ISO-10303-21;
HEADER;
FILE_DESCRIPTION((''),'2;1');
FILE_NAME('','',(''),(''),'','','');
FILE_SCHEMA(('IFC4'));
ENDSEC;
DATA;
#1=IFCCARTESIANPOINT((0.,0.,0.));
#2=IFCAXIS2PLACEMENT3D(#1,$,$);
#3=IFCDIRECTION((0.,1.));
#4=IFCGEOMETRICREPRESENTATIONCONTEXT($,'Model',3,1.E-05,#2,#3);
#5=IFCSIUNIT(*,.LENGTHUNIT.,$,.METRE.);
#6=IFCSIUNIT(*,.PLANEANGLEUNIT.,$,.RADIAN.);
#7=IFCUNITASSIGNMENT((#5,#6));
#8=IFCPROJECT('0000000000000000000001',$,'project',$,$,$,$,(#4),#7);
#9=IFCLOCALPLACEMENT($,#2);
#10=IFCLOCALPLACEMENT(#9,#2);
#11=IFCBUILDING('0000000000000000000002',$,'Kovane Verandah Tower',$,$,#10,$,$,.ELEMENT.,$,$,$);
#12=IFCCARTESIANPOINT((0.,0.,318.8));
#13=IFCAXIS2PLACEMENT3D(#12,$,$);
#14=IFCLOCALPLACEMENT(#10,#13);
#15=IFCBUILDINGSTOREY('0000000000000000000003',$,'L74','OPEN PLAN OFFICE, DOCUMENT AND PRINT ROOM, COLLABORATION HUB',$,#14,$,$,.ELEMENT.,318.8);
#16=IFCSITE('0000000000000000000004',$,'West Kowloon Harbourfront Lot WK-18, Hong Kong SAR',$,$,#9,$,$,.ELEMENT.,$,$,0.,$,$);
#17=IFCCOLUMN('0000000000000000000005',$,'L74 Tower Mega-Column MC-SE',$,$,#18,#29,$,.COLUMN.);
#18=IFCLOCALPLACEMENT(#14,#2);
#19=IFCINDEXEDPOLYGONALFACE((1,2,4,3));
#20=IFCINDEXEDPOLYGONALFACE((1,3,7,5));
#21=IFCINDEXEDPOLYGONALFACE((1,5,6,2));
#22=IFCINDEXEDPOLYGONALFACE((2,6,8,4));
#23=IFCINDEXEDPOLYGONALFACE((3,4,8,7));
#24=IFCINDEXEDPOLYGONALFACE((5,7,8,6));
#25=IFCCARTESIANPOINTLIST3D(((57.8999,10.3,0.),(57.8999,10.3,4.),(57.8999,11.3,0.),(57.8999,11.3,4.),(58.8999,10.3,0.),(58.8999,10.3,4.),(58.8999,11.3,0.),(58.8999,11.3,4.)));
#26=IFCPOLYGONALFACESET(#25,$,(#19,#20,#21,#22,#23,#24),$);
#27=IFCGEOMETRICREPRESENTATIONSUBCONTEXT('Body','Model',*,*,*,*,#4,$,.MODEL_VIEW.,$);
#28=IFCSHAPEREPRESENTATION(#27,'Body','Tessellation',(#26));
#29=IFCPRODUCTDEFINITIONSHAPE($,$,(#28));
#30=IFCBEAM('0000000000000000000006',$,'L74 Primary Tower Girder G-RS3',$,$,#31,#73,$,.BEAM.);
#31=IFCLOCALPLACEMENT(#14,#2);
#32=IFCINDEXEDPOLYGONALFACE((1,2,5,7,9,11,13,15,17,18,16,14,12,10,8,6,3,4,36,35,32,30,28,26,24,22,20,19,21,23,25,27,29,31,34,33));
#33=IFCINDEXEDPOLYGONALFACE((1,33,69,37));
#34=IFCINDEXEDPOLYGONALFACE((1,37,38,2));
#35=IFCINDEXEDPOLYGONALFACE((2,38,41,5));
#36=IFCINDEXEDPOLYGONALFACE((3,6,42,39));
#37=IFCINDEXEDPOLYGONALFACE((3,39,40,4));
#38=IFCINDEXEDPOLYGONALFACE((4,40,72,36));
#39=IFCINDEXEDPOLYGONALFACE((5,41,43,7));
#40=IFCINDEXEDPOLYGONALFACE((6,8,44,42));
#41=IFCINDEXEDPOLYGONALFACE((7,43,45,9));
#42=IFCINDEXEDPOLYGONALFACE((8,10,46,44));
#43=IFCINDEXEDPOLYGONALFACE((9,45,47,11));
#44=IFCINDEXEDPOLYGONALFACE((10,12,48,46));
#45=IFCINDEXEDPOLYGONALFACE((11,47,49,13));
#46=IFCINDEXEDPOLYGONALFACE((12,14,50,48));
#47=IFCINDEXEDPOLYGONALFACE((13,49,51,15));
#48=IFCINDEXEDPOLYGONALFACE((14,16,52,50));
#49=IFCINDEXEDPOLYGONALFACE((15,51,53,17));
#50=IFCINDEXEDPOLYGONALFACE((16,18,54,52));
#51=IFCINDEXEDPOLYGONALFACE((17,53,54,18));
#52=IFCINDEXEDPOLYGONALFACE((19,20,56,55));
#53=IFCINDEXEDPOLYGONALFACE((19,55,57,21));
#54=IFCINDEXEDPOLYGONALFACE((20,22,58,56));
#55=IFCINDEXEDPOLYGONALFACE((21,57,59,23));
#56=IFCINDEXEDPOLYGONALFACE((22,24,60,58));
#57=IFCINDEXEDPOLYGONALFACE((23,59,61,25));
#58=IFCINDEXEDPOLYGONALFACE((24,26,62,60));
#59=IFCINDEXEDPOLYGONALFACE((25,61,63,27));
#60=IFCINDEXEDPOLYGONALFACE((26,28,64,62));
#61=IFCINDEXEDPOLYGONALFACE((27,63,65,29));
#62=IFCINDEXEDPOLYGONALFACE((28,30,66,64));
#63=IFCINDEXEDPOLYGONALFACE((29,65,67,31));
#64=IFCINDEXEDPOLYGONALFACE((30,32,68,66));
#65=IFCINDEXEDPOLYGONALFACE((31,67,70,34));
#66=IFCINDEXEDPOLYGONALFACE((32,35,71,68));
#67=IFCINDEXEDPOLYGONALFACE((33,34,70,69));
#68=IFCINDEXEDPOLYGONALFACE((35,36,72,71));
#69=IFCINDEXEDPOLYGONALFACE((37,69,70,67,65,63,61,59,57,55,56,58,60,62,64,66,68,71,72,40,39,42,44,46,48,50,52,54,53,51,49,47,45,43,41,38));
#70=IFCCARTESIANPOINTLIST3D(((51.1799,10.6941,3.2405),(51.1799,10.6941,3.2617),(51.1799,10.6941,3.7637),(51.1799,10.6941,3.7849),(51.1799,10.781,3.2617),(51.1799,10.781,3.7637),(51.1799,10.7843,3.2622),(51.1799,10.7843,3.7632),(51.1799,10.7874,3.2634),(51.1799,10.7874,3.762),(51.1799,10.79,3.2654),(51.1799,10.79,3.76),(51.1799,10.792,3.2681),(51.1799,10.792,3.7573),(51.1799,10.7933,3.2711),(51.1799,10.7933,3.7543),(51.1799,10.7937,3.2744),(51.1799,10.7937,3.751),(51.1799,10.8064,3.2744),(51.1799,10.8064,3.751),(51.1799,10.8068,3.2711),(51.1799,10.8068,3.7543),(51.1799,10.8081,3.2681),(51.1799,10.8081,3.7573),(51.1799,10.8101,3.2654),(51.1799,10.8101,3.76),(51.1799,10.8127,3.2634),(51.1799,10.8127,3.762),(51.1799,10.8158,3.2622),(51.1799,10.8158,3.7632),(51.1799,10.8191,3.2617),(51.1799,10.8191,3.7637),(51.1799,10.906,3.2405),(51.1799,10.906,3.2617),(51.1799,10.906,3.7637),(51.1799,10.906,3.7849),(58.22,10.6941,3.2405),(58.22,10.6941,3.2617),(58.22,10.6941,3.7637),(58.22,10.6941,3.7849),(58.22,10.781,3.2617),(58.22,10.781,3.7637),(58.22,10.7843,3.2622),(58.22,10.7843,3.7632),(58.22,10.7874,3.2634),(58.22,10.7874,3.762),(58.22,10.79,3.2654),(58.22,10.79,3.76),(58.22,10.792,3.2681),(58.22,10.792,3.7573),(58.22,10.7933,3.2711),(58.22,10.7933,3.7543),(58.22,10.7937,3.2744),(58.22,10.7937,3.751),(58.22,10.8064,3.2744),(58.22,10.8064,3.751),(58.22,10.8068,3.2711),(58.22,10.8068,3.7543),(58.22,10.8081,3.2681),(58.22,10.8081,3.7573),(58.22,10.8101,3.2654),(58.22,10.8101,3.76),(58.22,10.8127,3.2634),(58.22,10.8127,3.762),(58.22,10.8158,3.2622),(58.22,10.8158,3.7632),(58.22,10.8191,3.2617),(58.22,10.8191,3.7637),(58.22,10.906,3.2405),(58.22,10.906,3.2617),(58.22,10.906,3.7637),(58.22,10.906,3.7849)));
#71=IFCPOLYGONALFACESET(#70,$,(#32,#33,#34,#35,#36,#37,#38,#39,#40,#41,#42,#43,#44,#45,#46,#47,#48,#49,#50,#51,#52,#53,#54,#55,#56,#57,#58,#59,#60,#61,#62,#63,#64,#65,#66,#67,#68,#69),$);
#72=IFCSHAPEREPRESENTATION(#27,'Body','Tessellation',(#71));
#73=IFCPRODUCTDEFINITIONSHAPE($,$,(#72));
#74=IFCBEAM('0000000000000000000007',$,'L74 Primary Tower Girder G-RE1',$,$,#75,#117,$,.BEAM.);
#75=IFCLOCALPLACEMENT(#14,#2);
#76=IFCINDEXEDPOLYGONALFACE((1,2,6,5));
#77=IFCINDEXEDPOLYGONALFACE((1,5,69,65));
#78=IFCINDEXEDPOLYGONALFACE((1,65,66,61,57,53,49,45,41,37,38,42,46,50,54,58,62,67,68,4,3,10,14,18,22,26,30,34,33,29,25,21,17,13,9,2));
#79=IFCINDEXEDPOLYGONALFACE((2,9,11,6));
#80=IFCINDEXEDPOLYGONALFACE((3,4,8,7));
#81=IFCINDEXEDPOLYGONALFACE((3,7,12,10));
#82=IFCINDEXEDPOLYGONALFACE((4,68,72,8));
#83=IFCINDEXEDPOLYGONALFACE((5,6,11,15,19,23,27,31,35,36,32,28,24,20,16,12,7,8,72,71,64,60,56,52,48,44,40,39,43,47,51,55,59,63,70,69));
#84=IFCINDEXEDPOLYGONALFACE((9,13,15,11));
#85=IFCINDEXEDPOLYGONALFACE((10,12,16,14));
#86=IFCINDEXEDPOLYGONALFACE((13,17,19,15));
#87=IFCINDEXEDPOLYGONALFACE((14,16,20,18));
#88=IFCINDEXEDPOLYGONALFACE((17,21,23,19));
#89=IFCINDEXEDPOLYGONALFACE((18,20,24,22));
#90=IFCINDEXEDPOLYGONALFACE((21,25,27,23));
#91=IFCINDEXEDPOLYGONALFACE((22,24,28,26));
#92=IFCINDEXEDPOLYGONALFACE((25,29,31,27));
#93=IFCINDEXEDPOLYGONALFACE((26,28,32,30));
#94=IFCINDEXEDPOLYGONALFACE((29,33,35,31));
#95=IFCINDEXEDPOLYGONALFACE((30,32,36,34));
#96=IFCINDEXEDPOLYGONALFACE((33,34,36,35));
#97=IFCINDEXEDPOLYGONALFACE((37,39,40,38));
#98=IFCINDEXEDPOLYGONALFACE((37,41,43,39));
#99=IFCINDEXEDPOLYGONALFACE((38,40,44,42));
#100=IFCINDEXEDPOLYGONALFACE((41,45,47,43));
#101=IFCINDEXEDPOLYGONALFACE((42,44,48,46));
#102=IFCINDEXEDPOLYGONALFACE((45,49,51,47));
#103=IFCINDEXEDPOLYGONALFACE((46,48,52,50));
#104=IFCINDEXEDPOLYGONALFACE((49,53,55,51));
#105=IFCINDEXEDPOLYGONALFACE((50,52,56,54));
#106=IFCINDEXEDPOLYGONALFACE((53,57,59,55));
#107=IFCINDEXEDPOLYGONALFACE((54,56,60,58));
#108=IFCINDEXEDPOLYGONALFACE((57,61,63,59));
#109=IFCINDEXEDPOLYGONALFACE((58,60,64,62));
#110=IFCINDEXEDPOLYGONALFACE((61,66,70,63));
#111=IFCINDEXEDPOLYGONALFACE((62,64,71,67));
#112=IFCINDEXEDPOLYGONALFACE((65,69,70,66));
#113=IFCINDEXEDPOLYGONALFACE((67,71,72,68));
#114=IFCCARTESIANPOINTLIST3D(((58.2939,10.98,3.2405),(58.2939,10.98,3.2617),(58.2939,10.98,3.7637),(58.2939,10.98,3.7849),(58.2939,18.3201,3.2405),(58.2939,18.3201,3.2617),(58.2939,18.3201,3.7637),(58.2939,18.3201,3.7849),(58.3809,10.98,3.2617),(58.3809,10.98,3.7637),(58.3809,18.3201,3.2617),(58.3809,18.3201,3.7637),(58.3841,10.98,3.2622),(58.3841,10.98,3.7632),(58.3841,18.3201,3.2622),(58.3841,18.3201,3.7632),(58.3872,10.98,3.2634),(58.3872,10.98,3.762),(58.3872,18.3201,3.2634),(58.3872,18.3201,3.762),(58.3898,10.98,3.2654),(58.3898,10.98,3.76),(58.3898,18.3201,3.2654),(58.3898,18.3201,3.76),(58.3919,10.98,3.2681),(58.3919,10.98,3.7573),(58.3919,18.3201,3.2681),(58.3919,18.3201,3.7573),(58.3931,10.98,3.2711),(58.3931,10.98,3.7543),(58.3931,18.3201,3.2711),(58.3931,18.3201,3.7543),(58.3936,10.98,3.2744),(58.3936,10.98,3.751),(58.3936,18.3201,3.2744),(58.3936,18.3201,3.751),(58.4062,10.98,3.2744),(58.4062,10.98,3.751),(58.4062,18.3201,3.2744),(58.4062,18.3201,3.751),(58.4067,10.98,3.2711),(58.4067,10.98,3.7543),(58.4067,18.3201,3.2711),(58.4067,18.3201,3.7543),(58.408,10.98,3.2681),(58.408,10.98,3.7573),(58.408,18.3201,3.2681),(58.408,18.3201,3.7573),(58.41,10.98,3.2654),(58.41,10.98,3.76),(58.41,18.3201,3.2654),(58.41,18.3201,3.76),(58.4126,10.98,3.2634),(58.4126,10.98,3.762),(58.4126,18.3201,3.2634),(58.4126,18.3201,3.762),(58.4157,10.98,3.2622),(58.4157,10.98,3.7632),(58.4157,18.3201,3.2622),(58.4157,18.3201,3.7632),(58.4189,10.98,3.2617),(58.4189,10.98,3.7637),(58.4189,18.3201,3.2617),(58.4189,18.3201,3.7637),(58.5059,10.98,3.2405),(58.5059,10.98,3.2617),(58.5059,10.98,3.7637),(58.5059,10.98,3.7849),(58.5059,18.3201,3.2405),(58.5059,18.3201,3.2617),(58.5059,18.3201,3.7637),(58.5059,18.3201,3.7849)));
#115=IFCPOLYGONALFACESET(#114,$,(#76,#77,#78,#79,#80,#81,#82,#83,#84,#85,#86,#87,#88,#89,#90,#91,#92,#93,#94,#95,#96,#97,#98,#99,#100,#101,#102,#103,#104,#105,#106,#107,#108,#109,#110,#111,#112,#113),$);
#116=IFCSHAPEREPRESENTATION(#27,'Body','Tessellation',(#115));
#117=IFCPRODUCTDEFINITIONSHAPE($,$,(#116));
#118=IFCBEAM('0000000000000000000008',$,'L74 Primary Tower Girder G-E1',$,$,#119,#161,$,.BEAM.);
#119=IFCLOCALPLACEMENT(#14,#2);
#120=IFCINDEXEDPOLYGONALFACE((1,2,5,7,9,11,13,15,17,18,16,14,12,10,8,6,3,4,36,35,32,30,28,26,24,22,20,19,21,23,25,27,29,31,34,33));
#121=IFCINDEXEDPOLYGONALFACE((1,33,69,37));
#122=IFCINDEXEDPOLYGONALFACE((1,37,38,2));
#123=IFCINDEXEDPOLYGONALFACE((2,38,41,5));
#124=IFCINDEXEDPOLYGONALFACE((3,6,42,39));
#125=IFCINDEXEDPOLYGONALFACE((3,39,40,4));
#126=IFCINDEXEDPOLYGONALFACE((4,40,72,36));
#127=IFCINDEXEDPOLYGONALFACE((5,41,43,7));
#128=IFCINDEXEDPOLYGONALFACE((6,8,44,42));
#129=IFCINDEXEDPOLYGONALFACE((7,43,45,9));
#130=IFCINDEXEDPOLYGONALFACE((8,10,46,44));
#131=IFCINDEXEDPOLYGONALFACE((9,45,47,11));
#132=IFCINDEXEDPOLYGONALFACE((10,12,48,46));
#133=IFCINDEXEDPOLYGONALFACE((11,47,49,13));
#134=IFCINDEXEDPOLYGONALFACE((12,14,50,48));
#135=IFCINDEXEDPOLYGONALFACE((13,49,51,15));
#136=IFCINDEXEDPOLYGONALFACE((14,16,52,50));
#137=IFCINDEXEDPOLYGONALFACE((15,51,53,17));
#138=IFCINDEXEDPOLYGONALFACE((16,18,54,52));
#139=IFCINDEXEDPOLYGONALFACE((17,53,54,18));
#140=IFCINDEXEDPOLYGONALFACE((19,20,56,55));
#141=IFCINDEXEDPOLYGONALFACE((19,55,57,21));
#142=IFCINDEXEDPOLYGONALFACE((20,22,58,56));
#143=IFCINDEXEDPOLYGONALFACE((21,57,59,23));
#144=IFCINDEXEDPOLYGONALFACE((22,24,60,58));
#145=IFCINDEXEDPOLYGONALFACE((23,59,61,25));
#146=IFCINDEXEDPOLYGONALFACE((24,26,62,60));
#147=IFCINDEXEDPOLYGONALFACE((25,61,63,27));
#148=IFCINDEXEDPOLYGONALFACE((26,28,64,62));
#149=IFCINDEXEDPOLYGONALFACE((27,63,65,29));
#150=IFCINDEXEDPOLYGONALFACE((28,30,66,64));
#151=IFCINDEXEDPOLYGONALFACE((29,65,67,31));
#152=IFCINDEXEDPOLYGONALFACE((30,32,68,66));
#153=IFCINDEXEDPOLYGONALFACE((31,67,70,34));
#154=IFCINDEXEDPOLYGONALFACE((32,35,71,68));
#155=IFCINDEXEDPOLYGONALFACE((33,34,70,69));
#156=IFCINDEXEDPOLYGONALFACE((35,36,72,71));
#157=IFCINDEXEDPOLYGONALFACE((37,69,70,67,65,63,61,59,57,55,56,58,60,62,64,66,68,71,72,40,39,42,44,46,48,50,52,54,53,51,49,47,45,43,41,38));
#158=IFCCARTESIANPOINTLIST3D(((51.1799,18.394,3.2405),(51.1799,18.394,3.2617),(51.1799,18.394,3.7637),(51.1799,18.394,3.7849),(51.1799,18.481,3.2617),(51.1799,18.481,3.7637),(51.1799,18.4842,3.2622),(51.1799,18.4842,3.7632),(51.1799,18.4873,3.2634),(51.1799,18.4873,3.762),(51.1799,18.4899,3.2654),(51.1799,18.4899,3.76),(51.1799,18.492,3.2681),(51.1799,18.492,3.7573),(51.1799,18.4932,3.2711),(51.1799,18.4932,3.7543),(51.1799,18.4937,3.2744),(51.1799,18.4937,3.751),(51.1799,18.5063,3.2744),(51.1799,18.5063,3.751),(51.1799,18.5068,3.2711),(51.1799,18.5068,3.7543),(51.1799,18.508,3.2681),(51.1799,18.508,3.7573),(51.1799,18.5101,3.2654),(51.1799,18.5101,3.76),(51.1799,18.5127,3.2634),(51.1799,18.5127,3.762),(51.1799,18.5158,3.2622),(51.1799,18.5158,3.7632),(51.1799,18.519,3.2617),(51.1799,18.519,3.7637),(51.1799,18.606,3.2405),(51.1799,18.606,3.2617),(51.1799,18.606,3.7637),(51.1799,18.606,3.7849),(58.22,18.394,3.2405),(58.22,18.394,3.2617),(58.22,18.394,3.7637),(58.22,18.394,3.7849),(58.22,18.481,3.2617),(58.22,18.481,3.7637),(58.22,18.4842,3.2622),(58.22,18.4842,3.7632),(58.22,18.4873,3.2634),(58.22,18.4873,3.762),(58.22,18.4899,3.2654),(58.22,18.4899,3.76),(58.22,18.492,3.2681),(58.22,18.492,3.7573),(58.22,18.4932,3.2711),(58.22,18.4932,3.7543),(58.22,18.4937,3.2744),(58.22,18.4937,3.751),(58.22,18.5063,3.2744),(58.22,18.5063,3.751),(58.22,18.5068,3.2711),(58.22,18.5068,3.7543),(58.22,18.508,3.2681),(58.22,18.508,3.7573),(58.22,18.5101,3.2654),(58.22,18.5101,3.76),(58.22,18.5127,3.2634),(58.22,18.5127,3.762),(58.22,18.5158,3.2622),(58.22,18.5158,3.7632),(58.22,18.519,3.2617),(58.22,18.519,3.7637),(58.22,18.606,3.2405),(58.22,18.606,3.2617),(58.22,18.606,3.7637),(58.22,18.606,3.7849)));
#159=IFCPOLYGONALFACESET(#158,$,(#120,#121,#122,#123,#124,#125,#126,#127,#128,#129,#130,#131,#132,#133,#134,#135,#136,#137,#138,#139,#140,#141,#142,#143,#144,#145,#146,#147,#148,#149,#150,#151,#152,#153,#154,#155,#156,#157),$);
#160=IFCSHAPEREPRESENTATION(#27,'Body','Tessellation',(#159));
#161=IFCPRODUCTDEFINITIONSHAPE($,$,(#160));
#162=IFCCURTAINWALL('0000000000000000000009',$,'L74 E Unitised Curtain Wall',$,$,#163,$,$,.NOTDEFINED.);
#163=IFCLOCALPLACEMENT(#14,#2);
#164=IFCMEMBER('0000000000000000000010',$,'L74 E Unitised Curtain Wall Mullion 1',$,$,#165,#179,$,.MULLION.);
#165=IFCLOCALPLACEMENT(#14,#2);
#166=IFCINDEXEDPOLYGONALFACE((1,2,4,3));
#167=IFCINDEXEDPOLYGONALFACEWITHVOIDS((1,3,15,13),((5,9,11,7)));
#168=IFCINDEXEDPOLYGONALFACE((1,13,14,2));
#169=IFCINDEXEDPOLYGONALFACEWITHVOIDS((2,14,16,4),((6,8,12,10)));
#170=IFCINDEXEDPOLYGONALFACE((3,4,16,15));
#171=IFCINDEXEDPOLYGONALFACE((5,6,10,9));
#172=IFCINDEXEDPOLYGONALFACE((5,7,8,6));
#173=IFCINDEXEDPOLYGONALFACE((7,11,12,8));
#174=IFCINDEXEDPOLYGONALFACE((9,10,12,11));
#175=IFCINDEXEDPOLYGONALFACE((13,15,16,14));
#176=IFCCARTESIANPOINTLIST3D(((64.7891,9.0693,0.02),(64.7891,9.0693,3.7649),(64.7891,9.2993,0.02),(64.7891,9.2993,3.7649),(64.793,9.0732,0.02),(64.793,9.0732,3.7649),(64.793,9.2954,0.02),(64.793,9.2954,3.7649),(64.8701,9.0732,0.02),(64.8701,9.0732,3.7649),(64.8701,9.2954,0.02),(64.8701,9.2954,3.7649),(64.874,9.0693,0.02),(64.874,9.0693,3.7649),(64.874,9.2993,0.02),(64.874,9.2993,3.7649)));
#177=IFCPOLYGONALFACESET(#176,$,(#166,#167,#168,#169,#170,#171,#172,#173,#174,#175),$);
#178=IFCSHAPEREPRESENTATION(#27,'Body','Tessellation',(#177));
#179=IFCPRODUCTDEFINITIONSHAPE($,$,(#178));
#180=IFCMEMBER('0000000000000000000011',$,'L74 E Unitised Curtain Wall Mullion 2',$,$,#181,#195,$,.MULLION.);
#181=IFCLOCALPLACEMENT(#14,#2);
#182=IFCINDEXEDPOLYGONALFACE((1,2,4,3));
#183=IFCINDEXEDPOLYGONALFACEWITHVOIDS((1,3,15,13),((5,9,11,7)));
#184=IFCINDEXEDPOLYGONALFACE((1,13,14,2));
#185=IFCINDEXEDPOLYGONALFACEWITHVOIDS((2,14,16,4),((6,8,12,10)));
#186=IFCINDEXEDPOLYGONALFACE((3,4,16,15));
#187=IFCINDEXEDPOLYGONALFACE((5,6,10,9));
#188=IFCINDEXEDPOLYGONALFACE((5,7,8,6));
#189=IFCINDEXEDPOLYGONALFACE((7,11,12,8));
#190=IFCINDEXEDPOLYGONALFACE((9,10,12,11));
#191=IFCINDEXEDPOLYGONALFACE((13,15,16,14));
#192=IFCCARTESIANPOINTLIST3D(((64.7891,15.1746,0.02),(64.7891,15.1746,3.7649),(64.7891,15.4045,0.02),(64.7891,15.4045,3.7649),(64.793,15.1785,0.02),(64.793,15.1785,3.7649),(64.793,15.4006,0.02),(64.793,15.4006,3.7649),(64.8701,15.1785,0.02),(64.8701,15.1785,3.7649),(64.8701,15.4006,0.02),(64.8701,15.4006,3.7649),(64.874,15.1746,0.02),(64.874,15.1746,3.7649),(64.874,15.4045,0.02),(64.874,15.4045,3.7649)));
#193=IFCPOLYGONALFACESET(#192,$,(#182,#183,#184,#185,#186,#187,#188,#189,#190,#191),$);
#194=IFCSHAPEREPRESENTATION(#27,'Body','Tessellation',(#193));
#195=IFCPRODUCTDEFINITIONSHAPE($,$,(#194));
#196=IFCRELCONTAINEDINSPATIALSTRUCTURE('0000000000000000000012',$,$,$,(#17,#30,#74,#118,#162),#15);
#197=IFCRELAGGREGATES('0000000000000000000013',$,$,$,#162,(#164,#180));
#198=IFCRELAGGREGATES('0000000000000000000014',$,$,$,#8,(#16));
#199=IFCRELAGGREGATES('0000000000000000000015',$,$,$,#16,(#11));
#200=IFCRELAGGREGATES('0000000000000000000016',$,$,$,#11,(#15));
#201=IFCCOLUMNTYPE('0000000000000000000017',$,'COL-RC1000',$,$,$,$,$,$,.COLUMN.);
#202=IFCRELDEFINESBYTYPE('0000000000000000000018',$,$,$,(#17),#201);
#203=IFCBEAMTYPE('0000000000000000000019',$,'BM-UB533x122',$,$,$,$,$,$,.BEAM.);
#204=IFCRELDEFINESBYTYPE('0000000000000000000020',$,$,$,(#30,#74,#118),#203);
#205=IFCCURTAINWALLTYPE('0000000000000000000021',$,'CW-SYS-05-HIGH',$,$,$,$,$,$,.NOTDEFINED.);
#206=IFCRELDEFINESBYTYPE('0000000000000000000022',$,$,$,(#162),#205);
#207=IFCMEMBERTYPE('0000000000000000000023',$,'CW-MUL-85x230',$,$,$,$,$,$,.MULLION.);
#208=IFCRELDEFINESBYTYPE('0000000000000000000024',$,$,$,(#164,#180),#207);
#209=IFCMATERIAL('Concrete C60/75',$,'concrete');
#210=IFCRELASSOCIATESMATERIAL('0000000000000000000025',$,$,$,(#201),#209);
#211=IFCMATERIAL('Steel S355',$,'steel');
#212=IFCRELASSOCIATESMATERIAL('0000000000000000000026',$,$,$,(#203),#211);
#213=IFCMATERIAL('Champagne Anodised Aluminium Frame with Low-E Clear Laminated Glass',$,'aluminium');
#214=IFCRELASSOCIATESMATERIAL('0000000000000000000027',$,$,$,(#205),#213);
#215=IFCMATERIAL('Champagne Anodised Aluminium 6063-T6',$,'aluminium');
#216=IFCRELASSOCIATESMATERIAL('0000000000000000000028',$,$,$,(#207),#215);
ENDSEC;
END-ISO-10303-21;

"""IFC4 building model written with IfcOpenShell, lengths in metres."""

from ifc_helpers import new_model, si_unit, direction, frame, origin, origin_2d, place, context, subcontext, project, spatial, rectangle, hollow_rectangle, i_section, extrude, material, material_profile, profile_set, type_object, element, aggregate, save


model = new_model("IFC4")

# Units and contexts
model_context = context("Model", 3, precision=1e-05, world=origin(), true_north=direction((0.0, 1.0)))
body_context = subcontext(model_context, "Body", "Model", "MODEL_VIEW")
ifc_project = project(units=[si_unit("LENGTHUNIT", "METRE"), si_unit("PLANEANGLEUNIT", "RADIAN")], contexts=[model_context])

# Site, building, storey
site_placement = place(None, origin())
site = spatial("IfcSite", under=ifc_project, at=site_placement, Name="West Kowloon Harbourfront Lot WK-18, Hong Kong SAR", CompositionType="ELEMENT", RefElevation=0.0)
building_placement = place(site_placement, origin())
building = spatial("IfcBuilding", under=site, at=building_placement, Name="Kovane Verandah Tower", CompositionType="ELEMENT")
storey_placement = place(building_placement, frame((0.0, 0.0, 318.8)))
storey = spatial("IfcBuildingStorey", under=building, at=storey_placement, Name="L74", Description="OPEN PLAN OFFICE, DOCUMENT AND PRINT ROOM, COLLABORATION HUB", CompositionType="ELEMENT", Elevation=318.8)

# Column
ifc_material_1 = material(Name="Concrete C60/75", Category="concrete")
ifc_material_profile_1 = material_profile(ifc_material_1, rectangle(XDim=1.0, YDim=1.0, at=origin_2d()), Name="RC1000x1000")
ifc_profile_set_1 = profile_set([ifc_material_profile_1], Name="Concrete C60/75")
column_type = type_object("IfcColumnType", Name="COL-RC1000", PredefinedType="COLUMN", material=ifc_profile_set_1)
column_placement = place(storey_placement, frame((58.3999, 10.8, 0.0), z_axis=(0.0, 0.0, 1.0), x_axis=(1.0, 0.0, 0.0)))
element("IfcColumn", 1, at=column_placement, inside=storey, type_object=column_type, Name="L74 Tower Mega-Column MC-SE", PredefinedType="COLUMN", context=body_context, shape_type="SweptSolid", body=[
    extrude(rectangle(XDim=1.0, YDim=1.0, at=origin_2d()), origin(), (0.0, 0.0, 1.0), 4.0),
])

# Beams
ifc_material_2 = material(Name="Steel S355", Category="steel")
ifc_material_profile_2 = material_profile(ifc_material_2, i_section(OverallWidth=0.2119, OverallDepth=0.5444, WebThickness=0.0127, FlangeThickness=0.0212, FilletRadius=0.0127, at=origin_2d()), Name="UB533x210x122")
ifc_profile_set_2 = profile_set([ifc_material_profile_2], Name="Steel S355")
beam_type_1 = type_object("IfcBeamType", Name="BM-UB533x122", PredefinedType="BEAM", material=ifc_profile_set_2)
beam_1_placement = place(storey_placement, frame((51.1799, 10.8, 3.5127), z_axis=(1.0, 0.0, 0.0), x_axis=(0.0, 1.0, 0.0)))
element("IfcBeam", 2, at=beam_1_placement, inside=storey, type_object=beam_type_1, Name="L74 Primary Tower Girder G-RS3", PredefinedType="BEAM", context=body_context, shape_type="SweptSolid", body=[
    extrude(i_section(OverallWidth=0.2119, OverallDepth=0.5444, WebThickness=0.0127, FlangeThickness=0.0212, FilletRadius=0.0127, at=origin_2d()), origin(), (0.0, 0.0, 1.0), 7.04),
])
beam_2_placement = place(storey_placement, frame((58.3999, 10.98, 3.5127), z_axis=(0.0, 1.0, 0.0), x_axis=(-1.0, 0.0, 0.0)))
element("IfcBeam", 3, at=beam_2_placement, inside=storey, type_object=beam_type_1, Name="L74 Primary Tower Girder G-RE1", PredefinedType="BEAM", context=body_context, shape_type="SweptSolid", body=[
    extrude(i_section(OverallWidth=0.2119, OverallDepth=0.5444, WebThickness=0.0127, FlangeThickness=0.0212, FilletRadius=0.0127, at=origin_2d()), origin(), (0.0, 0.0, 1.0), 7.3401),
])
beam_3_placement = place(storey_placement, frame((51.1799, 18.5, 3.5127), z_axis=(1.0, 0.0, 0.0), x_axis=(0.0, 1.0, 0.0)))
element("IfcBeam", 4, at=beam_3_placement, inside=storey, type_object=beam_type_1, Name="L74 Primary Tower Girder G-E1", PredefinedType="BEAM", context=body_context, shape_type="SweptSolid", body=[
    extrude(i_section(OverallWidth=0.2119, OverallDepth=0.5444, WebThickness=0.0127, FlangeThickness=0.0212, FilletRadius=0.0127, at=origin_2d()), origin(), (0.0, 0.0, 1.0), 7.04),
])

# Curtain wall, members
ifc_material_3 = material(Name="Champagne Anodised Aluminium Frame with Low-E Clear Laminated Glass", Category="aluminium")
curtain_wall_type = type_object("IfcCurtainWallType", Name="CW-SYS-05-HIGH", PredefinedType="NOTDEFINED", material=ifc_material_3)
curtain_wall_placement = place(storey_placement, origin())
curtain_wall = element("IfcCurtainWall", 5, at=curtain_wall_placement, inside=storey, type_object=curtain_wall_type, Name="L74 E Unitised Curtain Wall", PredefinedType="NOTDEFINED")
ifc_material_4 = material(Name="Champagne Anodised Aluminium 6063-T6", Category="aluminium")
ifc_material_profile_3 = material_profile(ifc_material_4, hollow_rectangle(XDim=0.085, YDim=0.23, WallThickness=0.0039, at=origin_2d()), Name="AL85x230x4")
ifc_profile_set_3 = profile_set([ifc_material_profile_3], Name="Champagne Anodised Aluminium 6063-T6")
member_type_1 = type_object("IfcMemberType", Name="CW-MUL-85x230", PredefinedType="MULLION", material=ifc_profile_set_3)
member_1_placement = place(storey_placement, frame((64.8315, 9.1843, 0.02), z_axis=(0.0, 0.0, 1.0), x_axis=(1.0, 0.0, 0.0)))
member_1 = element("IfcMember", 6, at=member_1_placement, type_object=member_type_1, Name="L74 E Unitised Curtain Wall Mullion 1", PredefinedType="MULLION", context=body_context, shape_type="SweptSolid", body=[
    extrude(hollow_rectangle(XDim=0.085, YDim=0.23, WallThickness=0.0039, at=origin_2d()), origin(), (0.0, 0.0, 1.0), 3.7449),
])
member_2_placement = place(storey_placement, frame((64.8315, 15.2896, 0.02), z_axis=(0.0, 0.0, 1.0), x_axis=(1.0, 0.0, 0.0)))
member_2 = element("IfcMember", 7, at=member_2_placement, type_object=member_type_1, Name="L74 E Unitised Curtain Wall Mullion 2", PredefinedType="MULLION", context=body_context, shape_type="SweptSolid", body=[
    extrude(hollow_rectangle(XDim=0.085, YDim=0.23, WallThickness=0.0039, at=origin_2d()), origin(), (0.0, 0.0, 1.0), 3.7449),
])

aggregate(curtain_wall, [member_1, member_2])

save(model, "model.ifc")
